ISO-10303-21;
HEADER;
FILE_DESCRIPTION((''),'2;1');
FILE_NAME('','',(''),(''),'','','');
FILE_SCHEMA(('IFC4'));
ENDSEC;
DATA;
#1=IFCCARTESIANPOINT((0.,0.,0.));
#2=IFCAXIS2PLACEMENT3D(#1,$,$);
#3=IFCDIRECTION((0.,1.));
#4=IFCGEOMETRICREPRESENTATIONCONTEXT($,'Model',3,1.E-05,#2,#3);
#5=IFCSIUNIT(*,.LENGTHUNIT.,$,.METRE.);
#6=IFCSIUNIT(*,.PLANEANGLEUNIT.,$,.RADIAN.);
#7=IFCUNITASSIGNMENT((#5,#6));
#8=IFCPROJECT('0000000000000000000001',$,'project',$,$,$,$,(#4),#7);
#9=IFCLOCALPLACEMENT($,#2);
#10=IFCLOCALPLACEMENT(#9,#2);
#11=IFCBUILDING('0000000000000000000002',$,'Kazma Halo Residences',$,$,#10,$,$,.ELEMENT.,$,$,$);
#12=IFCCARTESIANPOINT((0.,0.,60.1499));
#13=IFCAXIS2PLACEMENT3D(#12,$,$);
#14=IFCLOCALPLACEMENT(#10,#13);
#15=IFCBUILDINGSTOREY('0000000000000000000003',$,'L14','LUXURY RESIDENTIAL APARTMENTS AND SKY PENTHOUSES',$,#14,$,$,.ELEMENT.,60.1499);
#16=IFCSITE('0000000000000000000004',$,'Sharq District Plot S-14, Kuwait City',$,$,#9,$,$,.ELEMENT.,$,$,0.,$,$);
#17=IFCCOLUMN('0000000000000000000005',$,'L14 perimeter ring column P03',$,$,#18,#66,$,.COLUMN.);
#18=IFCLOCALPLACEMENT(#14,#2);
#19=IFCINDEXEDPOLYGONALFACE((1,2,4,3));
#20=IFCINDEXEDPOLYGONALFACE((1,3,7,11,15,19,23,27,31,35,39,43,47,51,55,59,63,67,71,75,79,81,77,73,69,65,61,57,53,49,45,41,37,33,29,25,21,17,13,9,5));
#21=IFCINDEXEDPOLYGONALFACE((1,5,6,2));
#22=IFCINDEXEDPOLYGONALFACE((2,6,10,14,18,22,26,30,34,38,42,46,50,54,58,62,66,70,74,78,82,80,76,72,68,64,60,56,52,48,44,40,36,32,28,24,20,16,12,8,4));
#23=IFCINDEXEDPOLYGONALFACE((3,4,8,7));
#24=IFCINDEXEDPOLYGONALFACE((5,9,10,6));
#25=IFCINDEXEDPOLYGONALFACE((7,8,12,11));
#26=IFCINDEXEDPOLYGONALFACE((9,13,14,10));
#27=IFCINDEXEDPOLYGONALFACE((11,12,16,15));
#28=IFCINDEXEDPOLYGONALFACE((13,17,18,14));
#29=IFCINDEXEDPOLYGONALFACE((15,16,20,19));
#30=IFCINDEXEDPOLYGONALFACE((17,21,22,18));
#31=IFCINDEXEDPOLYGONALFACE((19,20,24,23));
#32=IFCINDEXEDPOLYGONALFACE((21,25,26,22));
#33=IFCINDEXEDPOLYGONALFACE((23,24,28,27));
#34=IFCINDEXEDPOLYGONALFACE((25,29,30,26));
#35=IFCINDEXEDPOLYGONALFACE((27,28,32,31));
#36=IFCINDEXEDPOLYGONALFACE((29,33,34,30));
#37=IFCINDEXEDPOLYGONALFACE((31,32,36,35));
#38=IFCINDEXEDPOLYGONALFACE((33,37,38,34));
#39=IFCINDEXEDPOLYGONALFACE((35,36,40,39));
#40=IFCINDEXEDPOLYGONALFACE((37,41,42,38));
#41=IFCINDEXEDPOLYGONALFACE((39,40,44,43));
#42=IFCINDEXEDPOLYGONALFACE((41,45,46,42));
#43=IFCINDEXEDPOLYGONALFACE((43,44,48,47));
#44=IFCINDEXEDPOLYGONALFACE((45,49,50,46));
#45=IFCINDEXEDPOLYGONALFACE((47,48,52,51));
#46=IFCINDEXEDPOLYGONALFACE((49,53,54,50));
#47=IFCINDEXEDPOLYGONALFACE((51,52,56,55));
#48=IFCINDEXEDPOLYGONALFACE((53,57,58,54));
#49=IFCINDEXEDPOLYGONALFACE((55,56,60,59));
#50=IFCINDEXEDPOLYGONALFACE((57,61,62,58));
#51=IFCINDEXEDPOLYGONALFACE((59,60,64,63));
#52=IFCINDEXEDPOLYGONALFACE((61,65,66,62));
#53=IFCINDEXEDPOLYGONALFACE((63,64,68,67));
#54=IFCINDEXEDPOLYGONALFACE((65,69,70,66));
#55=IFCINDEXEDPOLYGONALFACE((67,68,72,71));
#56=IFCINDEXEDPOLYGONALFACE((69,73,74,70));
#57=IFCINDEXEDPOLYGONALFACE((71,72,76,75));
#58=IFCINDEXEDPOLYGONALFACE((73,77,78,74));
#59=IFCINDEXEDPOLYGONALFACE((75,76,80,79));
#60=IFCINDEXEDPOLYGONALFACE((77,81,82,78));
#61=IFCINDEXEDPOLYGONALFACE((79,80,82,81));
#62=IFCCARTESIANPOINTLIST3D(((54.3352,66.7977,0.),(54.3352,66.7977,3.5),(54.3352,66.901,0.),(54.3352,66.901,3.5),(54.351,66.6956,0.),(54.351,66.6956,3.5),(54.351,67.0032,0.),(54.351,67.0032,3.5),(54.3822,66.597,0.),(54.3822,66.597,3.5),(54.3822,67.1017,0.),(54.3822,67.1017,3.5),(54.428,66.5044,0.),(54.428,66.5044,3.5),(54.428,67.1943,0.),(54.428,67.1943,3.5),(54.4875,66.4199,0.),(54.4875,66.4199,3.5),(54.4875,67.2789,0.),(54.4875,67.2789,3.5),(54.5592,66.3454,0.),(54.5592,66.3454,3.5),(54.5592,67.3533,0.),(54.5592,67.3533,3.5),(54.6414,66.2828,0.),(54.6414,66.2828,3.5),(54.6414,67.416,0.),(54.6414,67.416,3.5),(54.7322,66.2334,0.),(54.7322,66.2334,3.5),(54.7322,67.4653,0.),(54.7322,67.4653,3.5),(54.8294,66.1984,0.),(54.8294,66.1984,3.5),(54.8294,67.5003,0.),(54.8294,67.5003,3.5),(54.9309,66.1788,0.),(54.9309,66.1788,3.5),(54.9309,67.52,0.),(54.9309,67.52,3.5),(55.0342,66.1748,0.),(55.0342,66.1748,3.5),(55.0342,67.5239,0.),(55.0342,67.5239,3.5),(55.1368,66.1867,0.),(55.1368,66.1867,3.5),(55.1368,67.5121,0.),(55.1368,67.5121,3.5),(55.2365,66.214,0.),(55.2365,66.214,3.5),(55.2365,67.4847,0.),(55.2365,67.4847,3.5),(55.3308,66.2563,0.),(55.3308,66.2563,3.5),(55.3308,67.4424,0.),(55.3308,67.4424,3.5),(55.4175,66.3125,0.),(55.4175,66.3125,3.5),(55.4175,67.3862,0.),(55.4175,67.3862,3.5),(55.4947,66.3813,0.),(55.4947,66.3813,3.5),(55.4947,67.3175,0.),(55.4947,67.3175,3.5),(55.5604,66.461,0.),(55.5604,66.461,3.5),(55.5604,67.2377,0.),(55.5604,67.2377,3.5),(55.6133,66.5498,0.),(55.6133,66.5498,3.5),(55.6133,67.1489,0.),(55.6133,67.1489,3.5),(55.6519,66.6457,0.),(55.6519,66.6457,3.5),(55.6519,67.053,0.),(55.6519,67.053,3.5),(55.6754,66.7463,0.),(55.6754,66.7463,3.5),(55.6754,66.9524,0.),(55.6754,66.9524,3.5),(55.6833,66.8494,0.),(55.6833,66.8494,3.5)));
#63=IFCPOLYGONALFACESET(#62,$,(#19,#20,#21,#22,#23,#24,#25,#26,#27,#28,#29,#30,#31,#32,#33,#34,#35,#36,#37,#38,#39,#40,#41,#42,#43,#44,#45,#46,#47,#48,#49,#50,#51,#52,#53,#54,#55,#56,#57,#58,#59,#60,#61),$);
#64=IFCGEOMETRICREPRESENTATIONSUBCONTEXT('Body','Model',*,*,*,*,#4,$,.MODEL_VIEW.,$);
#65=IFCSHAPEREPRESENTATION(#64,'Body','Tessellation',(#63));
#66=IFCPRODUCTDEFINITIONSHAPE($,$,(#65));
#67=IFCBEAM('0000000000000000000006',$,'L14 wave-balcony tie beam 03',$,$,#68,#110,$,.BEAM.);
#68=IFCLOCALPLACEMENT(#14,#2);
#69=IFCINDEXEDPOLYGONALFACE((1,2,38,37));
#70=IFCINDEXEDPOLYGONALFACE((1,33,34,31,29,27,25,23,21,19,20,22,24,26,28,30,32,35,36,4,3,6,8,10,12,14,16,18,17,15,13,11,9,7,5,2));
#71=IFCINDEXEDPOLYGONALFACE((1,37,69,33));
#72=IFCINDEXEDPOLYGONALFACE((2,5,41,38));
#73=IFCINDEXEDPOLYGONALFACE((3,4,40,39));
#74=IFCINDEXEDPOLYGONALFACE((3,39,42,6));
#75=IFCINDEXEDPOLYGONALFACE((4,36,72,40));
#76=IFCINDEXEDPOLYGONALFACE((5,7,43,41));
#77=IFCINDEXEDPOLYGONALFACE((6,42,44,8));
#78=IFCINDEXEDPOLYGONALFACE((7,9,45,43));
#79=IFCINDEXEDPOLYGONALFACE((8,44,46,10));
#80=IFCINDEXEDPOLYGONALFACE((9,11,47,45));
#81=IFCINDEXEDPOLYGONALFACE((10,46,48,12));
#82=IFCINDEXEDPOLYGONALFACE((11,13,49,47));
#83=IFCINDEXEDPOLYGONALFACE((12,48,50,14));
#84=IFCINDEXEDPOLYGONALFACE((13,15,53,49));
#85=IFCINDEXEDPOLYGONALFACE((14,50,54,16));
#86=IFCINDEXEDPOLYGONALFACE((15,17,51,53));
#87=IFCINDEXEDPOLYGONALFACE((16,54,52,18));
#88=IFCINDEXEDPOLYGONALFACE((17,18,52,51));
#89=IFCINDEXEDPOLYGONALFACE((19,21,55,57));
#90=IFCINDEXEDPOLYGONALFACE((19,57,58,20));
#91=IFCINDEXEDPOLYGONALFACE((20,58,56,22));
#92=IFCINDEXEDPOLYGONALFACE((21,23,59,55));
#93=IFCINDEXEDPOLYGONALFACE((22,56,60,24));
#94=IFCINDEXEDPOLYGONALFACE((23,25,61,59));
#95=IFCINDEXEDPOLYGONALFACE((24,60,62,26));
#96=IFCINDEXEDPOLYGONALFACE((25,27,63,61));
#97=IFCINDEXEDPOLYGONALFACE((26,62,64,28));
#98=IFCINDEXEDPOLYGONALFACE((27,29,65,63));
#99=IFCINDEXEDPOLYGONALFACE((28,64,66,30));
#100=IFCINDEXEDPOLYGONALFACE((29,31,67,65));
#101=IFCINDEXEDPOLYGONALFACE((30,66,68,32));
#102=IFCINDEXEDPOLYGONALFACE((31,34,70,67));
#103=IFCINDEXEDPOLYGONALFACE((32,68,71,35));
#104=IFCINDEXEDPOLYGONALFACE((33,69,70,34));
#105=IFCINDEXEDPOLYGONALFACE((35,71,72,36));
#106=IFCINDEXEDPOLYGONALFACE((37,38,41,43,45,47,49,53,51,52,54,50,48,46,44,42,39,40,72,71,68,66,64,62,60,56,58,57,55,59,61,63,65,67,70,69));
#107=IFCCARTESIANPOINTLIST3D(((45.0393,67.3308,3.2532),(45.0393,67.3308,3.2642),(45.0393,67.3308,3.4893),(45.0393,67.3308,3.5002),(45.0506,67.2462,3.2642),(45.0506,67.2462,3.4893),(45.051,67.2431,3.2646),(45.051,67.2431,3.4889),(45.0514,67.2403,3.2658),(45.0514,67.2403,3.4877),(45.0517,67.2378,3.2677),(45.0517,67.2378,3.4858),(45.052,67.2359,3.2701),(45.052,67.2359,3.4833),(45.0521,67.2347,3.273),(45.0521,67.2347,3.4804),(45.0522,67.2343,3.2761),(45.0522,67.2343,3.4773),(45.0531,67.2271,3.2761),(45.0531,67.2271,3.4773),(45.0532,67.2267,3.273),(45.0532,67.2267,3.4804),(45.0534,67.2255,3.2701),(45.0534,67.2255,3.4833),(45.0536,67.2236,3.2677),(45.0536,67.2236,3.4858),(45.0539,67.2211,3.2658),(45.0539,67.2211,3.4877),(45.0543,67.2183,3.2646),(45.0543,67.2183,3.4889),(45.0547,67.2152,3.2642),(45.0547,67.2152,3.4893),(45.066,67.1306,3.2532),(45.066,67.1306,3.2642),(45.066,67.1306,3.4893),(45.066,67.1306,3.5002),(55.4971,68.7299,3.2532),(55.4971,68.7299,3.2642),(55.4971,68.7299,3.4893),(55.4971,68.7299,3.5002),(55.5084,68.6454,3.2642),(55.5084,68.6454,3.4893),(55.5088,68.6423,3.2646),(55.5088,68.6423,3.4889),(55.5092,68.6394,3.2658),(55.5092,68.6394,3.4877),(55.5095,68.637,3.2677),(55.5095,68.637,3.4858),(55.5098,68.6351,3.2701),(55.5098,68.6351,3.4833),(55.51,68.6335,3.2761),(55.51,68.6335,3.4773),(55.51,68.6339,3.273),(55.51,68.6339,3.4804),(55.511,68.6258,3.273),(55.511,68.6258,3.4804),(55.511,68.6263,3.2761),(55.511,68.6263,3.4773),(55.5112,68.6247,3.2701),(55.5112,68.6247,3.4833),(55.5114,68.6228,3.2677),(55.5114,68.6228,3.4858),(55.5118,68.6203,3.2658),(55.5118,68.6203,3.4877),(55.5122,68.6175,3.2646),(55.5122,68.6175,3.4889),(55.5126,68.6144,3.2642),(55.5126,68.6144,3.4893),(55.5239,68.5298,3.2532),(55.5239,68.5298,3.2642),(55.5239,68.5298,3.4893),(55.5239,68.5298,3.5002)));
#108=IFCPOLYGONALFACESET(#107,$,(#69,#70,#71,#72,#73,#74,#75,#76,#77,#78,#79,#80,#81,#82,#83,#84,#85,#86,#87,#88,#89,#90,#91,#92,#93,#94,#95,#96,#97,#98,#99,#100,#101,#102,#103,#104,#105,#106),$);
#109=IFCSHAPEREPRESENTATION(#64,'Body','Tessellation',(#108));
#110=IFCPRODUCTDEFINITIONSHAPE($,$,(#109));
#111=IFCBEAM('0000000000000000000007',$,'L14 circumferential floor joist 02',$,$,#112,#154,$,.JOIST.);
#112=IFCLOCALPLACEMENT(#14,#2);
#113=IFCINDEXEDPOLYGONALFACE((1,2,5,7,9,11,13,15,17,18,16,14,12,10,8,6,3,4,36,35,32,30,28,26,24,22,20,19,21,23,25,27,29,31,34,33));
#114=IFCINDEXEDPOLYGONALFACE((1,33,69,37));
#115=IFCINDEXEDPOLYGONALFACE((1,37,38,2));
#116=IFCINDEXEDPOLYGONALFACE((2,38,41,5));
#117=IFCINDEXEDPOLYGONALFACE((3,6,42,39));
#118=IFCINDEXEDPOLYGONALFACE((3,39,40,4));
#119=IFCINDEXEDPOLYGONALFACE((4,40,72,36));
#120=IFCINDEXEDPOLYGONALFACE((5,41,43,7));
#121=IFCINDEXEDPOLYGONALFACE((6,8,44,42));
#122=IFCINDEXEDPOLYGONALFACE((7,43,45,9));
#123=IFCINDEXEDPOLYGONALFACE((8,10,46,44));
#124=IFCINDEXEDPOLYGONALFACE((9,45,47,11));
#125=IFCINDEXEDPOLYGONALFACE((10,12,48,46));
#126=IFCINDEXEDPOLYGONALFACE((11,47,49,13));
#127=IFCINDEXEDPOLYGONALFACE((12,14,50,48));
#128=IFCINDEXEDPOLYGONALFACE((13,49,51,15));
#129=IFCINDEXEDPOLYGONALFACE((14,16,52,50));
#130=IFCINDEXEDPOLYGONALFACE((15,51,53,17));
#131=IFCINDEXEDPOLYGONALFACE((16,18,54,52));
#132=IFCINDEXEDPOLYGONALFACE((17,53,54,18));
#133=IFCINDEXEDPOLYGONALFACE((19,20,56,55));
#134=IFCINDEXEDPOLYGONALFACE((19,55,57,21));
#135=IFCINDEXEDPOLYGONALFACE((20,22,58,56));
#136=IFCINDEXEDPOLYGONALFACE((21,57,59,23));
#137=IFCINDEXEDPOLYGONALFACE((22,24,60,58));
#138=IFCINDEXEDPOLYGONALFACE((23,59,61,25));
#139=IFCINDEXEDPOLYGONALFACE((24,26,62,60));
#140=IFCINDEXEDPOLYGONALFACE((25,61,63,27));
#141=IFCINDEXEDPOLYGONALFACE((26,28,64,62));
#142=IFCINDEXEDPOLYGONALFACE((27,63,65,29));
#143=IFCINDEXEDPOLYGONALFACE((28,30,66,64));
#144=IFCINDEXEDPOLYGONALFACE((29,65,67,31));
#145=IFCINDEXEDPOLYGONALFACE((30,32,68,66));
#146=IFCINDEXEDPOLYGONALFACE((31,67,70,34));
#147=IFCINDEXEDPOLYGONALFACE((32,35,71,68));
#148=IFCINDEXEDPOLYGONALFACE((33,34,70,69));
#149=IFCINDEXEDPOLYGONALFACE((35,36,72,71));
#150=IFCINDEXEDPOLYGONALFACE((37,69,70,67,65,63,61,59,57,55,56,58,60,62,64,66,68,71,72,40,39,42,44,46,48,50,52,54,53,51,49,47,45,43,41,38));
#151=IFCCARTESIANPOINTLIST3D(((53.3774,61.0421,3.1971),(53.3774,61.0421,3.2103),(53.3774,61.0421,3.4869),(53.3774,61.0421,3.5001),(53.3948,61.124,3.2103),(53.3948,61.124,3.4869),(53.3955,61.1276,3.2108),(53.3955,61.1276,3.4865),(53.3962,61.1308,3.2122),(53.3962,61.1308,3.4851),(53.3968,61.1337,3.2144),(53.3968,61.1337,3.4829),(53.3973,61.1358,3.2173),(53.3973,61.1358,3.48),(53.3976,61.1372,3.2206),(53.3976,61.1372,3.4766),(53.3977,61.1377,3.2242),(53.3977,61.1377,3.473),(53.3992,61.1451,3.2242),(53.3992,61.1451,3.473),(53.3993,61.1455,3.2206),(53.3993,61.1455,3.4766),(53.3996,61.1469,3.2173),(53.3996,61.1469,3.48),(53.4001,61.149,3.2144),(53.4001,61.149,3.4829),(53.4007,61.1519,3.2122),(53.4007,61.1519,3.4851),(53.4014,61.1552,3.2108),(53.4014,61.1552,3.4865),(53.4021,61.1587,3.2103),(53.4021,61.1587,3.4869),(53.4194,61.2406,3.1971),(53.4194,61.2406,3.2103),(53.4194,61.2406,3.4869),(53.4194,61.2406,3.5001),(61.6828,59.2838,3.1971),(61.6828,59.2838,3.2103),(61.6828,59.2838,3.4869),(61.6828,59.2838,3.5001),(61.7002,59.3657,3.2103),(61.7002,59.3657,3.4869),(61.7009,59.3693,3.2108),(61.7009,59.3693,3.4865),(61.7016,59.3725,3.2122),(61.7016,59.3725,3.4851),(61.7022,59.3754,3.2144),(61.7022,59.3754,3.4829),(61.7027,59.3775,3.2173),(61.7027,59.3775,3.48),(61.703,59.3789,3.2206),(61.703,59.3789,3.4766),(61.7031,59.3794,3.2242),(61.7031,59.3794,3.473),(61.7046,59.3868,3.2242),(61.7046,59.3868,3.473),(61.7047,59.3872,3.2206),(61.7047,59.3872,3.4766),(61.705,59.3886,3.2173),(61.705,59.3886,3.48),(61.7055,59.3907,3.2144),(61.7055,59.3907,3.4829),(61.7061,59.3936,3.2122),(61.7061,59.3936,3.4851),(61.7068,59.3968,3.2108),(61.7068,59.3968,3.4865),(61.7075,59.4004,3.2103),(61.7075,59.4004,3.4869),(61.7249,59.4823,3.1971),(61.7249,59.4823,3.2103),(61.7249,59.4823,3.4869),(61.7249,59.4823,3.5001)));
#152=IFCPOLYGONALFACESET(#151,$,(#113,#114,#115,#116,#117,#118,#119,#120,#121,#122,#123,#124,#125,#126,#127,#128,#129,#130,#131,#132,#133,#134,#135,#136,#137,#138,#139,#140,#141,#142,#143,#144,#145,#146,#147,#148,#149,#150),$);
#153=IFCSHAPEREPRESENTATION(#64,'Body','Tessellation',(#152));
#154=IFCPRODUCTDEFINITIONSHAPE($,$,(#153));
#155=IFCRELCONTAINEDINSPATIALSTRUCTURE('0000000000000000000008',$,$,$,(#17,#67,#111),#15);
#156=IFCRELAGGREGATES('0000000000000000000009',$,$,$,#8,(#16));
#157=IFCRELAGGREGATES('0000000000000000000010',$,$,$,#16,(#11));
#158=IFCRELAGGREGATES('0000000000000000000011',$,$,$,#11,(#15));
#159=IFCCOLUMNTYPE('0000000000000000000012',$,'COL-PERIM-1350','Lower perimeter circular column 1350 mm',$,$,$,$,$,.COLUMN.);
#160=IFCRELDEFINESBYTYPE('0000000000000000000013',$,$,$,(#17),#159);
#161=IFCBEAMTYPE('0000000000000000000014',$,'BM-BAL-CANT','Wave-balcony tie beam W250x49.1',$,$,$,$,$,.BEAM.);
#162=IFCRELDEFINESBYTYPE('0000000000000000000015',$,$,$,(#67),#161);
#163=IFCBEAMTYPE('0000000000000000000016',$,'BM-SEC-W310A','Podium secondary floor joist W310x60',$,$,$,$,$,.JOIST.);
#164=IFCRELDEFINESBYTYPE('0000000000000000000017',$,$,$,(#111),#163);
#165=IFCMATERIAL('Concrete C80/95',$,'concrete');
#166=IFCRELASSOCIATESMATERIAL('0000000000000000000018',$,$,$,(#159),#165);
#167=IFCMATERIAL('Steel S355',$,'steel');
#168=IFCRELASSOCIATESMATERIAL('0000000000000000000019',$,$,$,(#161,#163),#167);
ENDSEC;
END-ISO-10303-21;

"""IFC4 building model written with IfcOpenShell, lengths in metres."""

from ifc_helpers import new_model, si_unit, direction, frame, origin, origin_2d, place, context, subcontext, project, spatial, circle, i_section, extrude, material, material_profile, profile_set, type_object, element, save


model = new_model("IFC4")

# Units and contexts
model_context = context("Model", 3, precision=1e-05, world=origin(), true_north=direction((0.0, 1.0)))
body_context = subcontext(model_context, "Body", "Model", "MODEL_VIEW")
ifc_project = project(units=[si_unit("LENGTHUNIT", "METRE"), si_unit("PLANEANGLEUNIT", "RADIAN")], contexts=[model_context])

# Site, building, storey
site_placement = place(None, origin())
site = spatial("IfcSite", under=ifc_project, at=site_placement, Name="Sharq District Plot S-14, Kuwait City", CompositionType="ELEMENT", RefElevation=0.0)
building_placement = place(site_placement, origin())
building = spatial("IfcBuilding", under=site, at=building_placement, Name="Kazma Halo Residences", CompositionType="ELEMENT")
storey_placement = place(building_placement, frame((0.0, 0.0, 60.1499)))
storey = spatial("IfcBuildingStorey", under=building, at=storey_placement, Name="L14", Description="LUXURY RESIDENTIAL APARTMENTS AND SKY PENTHOUSES", CompositionType="ELEMENT", Elevation=60.1499)

# Column
ifc_material_1 = material(Name="Concrete C80/95", Category="concrete")
ifc_material_profile_1 = material_profile(ifc_material_1, circle(Radius=0.675, at=origin_2d()), Name="CIRC1350")
ifc_profile_set_1 = profile_set([ifc_material_profile_1], Name="Concrete C80/95")
column_type = type_object("IfcColumnType", Name="COL-PERIM-1350", Description="Lower perimeter circular column 1350 mm", PredefinedType="COLUMN", material=ifc_profile_set_1)
column_placement = place(storey_placement, frame((55.0083, 66.8494, 0.0), z_axis=(0.0, 0.0, 1.0), x_axis=(1.0, 0.0, 0.0)))
element("IfcColumn", 1, at=column_placement, inside=storey, type_object=column_type, Name="L14 perimeter ring column P03", PredefinedType="COLUMN", context=body_context, shape_type="SweptSolid", body=[
    extrude(circle(Radius=0.675, at=origin_2d()), origin(), (0.0, 0.0, 1.0), 3.5),
])

# Beams
ifc_material_2 = material(Name="Steel S355", Category="steel")
ifc_material_profile_2 = material_profile(ifc_material_2, i_section(OverallWidth=0.2019, OverallDepth=0.2471, WebThickness=0.0073, FlangeThickness=0.011, FilletRadius=0.012, at=origin_2d()), Name="W250x49.1")
ifc_profile_set_2 = profile_set([ifc_material_profile_2], Name="Steel S355")
beam_type_1 = type_object("IfcBeamType", Name="BM-BAL-CANT", Description="Wave-balcony tie beam W250x49.1", PredefinedType="BEAM", material=ifc_profile_set_2)
beam_1_placement = place(storey_placement, frame((55.5105, 68.6299, 3.3767), z_axis=(-0.991168, -0.132611, 0.0), x_axis=(0.132611, -0.991168, 0.0)))
element("IfcBeam", 2, at=beam_1_placement, inside=storey, type_object=beam_type_1, Name="L14 wave-balcony tie beam 03", PredefinedType="BEAM", context=body_context, shape_type="SweptSolid", body=[
    extrude(i_section(OverallWidth=0.2019, OverallDepth=0.2471, WebThickness=0.0073, FlangeThickness=0.011, FilletRadius=0.012, at=origin_2d()), origin(), (0.0, 0.0, 1.0), 10.551),
])
ifc_material_profile_3 = material_profile(ifc_material_2, i_section(OverallWidth=0.2029, OverallDepth=0.303, WebThickness=0.0076, FlangeThickness=0.0132, FilletRadius=0.0139, at=origin_2d()), Name="W310x60")
ifc_profile_set_3 = profile_set([ifc_material_profile_3], Name="Steel S355")
beam_type_2 = type_object("IfcBeamType", Name="BM-SEC-W310A", Description="Podium secondary floor joist W310x60", PredefinedType="JOIST", material=ifc_profile_set_3)
beam_2_placement = place(storey_placement, frame((61.7039, 59.3831, 3.3486), z_axis=(-0.978317, 0.207115, 0.0), x_axis=(-0.207115, -0.978317, 0.0)))
element("IfcBeam", 3, at=beam_2_placement, inside=storey, type_object=beam_type_2, Name="L14 circumferential floor joist 02", PredefinedType="JOIST", context=body_context, shape_type="SweptSolid", body=[
    extrude(i_section(OverallWidth=0.2029, OverallDepth=0.303, WebThickness=0.0076, FlangeThickness=0.0132, FilletRadius=0.0139, at=origin_2d()), origin(), (0.0, 0.0, 1.0), 8.4895),
])

save(model, "model.ifc")
